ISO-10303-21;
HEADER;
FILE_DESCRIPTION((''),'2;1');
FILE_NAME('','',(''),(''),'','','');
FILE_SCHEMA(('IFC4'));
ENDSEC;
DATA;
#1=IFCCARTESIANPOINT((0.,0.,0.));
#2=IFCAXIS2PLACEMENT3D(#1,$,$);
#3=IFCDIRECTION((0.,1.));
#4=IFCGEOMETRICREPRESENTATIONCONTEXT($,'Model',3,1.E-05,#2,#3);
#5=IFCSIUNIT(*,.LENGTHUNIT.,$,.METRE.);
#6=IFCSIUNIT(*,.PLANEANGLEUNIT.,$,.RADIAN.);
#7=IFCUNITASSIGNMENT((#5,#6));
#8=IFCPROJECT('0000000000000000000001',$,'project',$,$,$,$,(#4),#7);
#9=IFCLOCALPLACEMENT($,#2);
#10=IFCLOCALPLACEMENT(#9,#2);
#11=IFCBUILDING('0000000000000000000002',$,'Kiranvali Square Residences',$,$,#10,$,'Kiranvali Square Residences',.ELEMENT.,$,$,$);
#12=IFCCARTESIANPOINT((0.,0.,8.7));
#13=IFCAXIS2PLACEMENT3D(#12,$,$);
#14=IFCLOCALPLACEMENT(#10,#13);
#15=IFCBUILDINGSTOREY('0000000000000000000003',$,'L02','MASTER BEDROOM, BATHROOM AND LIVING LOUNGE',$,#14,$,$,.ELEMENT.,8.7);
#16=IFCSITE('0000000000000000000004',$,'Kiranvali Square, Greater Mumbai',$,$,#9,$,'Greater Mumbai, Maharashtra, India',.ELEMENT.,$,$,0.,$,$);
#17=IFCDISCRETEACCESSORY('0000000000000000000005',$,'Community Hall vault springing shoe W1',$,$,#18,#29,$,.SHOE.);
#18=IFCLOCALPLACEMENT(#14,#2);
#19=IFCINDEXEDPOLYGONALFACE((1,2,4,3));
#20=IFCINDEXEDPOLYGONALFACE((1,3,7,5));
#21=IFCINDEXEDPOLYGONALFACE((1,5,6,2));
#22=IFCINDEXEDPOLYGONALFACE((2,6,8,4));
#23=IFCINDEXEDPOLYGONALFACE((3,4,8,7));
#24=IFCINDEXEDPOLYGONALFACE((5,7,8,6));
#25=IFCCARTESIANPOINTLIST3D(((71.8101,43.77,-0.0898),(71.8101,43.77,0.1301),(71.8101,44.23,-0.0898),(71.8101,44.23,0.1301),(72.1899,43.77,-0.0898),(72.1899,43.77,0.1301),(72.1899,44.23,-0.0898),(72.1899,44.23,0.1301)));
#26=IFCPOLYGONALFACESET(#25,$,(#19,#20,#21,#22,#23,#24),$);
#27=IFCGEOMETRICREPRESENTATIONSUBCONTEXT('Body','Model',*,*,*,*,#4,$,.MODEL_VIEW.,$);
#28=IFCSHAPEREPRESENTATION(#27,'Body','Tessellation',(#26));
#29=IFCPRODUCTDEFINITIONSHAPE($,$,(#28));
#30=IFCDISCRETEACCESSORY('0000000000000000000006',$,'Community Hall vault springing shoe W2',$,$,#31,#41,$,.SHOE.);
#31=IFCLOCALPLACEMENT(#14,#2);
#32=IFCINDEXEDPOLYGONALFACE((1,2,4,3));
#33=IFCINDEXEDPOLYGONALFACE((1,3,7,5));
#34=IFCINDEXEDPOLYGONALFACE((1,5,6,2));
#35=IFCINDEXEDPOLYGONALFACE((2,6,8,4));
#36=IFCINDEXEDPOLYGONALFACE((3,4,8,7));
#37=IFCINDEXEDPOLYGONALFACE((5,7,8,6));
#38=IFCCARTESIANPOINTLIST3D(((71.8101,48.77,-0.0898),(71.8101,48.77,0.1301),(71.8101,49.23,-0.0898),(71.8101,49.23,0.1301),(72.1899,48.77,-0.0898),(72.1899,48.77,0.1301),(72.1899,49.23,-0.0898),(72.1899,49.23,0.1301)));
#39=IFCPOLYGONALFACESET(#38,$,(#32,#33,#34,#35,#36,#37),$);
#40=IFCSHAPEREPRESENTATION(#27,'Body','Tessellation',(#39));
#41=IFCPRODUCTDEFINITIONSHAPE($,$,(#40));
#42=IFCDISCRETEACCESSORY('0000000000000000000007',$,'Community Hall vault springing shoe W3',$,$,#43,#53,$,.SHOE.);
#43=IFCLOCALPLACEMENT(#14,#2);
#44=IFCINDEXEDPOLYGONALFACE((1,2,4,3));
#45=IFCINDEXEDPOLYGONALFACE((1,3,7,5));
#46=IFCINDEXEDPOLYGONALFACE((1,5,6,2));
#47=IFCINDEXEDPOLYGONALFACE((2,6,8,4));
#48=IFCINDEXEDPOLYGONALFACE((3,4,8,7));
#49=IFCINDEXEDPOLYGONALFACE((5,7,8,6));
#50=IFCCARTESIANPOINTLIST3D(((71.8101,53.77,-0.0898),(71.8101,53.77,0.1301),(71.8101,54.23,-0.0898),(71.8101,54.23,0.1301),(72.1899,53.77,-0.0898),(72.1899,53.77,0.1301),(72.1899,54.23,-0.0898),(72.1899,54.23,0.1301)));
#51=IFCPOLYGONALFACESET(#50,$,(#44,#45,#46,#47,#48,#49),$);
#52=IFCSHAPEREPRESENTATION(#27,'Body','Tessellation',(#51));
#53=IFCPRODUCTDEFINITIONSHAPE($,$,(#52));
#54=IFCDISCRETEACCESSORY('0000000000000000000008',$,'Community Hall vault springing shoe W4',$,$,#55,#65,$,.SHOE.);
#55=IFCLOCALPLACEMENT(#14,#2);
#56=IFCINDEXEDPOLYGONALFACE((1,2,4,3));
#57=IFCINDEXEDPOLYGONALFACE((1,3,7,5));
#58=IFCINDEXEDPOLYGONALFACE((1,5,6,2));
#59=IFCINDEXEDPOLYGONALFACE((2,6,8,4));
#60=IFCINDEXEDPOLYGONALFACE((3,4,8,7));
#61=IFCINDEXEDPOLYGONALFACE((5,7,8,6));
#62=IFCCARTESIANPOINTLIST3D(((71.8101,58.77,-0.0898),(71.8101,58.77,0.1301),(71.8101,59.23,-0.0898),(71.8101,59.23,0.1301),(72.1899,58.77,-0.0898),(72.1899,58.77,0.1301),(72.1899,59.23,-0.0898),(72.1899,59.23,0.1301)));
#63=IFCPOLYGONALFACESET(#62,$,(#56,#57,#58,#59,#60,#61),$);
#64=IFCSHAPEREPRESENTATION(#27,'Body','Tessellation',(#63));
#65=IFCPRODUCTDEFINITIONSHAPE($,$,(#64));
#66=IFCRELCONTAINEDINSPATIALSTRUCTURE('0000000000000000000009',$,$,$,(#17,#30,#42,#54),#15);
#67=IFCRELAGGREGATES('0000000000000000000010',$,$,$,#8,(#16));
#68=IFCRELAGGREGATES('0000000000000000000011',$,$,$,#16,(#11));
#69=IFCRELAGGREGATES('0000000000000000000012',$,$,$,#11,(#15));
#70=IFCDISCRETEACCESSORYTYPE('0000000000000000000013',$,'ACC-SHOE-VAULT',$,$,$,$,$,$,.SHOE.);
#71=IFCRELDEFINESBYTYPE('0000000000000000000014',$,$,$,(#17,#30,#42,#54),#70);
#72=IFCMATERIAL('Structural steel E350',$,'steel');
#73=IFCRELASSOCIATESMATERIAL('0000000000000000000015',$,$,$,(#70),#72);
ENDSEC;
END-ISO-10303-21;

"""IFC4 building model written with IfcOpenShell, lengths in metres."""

from ifc_helpers import new_model, si_unit, direction, frame, origin, origin_2d, place, context, subcontext, project, spatial, rectangle, extrude, material, type_object, element, save


model = new_model("IFC4")

# Units and contexts
model_context = context("Model", 3, precision=1e-05, world=origin(), true_north=direction((0.0, 1.0)))
body_context = subcontext(model_context, "Body", "Model", "MODEL_VIEW")
ifc_project = project(units=[si_unit("LENGTHUNIT", "METRE"), si_unit("PLANEANGLEUNIT", "RADIAN")], contexts=[model_context])

# Site, building, storey
site_placement = place(None, origin())
site = spatial("IfcSite", under=ifc_project, at=site_placement, Name="Kiranvali Square, Greater Mumbai", LongName="Greater Mumbai, Maharashtra, India", CompositionType="ELEMENT", RefElevation=0.0)
building_placement = place(site_placement, origin())
building = spatial("IfcBuilding", under=site, at=building_placement, Name="Kiranvali Square Residences", LongName="Kiranvali Square Residences", CompositionType="ELEMENT")
storey_placement = place(building_placement, frame((0.0, 0.0, 8.7)))
storey = spatial("IfcBuildingStorey", under=building, at=storey_placement, Name="L02", Description="MASTER BEDROOM, BATHROOM AND LIVING LOUNGE", CompositionType="ELEMENT", Elevation=8.7)

# Shared definitions
ifc_material_1 = material(Name="Structural steel E350", Category="steel")

# Discrete accessories
discrete_accessory_type = type_object("IfcDiscreteAccessoryType", Name="ACC-SHOE-VAULT", PredefinedType="SHOE", material=ifc_material_1)
for number, where, z_axis, x_axis, name in (
    (1, (72.0, 44.0, -0.0898), (0.0, 0.0, 1.0), (1.0, 0.0, 0.0), "Community Hall vault springing shoe W1"),
    (2, (72.0, 49.0, -0.0898), (0.0, 0.0, 1.0), (1.0, 0.0, 0.0), "Community Hall vault springing shoe W2"),
    (3, (72.0, 54.0, -0.0898), (0.0, 0.0, 1.0), (1.0, 0.0, 0.0), "Community Hall vault springing shoe W3"),
    (4, (72.0, 59.0, -0.0898), (0.0, 0.0, 1.0), (1.0, 0.0, 0.0), "Community Hall vault springing shoe W4"),
):
    element("IfcDiscreteAccessory", number, at=place(storey_placement, frame(where, z_axis=z_axis, x_axis=x_axis)), inside=storey, type_object=discrete_accessory_type, Name=name, PredefinedType="SHOE", context=body_context, shape_type="SweptSolid", body=[
        extrude(rectangle(XDim=0.3799, YDim=0.46, at=origin_2d()), origin(), (0.0, 0.0, 1.0), 0.22),
    ])

save(model, "model.ifc")
